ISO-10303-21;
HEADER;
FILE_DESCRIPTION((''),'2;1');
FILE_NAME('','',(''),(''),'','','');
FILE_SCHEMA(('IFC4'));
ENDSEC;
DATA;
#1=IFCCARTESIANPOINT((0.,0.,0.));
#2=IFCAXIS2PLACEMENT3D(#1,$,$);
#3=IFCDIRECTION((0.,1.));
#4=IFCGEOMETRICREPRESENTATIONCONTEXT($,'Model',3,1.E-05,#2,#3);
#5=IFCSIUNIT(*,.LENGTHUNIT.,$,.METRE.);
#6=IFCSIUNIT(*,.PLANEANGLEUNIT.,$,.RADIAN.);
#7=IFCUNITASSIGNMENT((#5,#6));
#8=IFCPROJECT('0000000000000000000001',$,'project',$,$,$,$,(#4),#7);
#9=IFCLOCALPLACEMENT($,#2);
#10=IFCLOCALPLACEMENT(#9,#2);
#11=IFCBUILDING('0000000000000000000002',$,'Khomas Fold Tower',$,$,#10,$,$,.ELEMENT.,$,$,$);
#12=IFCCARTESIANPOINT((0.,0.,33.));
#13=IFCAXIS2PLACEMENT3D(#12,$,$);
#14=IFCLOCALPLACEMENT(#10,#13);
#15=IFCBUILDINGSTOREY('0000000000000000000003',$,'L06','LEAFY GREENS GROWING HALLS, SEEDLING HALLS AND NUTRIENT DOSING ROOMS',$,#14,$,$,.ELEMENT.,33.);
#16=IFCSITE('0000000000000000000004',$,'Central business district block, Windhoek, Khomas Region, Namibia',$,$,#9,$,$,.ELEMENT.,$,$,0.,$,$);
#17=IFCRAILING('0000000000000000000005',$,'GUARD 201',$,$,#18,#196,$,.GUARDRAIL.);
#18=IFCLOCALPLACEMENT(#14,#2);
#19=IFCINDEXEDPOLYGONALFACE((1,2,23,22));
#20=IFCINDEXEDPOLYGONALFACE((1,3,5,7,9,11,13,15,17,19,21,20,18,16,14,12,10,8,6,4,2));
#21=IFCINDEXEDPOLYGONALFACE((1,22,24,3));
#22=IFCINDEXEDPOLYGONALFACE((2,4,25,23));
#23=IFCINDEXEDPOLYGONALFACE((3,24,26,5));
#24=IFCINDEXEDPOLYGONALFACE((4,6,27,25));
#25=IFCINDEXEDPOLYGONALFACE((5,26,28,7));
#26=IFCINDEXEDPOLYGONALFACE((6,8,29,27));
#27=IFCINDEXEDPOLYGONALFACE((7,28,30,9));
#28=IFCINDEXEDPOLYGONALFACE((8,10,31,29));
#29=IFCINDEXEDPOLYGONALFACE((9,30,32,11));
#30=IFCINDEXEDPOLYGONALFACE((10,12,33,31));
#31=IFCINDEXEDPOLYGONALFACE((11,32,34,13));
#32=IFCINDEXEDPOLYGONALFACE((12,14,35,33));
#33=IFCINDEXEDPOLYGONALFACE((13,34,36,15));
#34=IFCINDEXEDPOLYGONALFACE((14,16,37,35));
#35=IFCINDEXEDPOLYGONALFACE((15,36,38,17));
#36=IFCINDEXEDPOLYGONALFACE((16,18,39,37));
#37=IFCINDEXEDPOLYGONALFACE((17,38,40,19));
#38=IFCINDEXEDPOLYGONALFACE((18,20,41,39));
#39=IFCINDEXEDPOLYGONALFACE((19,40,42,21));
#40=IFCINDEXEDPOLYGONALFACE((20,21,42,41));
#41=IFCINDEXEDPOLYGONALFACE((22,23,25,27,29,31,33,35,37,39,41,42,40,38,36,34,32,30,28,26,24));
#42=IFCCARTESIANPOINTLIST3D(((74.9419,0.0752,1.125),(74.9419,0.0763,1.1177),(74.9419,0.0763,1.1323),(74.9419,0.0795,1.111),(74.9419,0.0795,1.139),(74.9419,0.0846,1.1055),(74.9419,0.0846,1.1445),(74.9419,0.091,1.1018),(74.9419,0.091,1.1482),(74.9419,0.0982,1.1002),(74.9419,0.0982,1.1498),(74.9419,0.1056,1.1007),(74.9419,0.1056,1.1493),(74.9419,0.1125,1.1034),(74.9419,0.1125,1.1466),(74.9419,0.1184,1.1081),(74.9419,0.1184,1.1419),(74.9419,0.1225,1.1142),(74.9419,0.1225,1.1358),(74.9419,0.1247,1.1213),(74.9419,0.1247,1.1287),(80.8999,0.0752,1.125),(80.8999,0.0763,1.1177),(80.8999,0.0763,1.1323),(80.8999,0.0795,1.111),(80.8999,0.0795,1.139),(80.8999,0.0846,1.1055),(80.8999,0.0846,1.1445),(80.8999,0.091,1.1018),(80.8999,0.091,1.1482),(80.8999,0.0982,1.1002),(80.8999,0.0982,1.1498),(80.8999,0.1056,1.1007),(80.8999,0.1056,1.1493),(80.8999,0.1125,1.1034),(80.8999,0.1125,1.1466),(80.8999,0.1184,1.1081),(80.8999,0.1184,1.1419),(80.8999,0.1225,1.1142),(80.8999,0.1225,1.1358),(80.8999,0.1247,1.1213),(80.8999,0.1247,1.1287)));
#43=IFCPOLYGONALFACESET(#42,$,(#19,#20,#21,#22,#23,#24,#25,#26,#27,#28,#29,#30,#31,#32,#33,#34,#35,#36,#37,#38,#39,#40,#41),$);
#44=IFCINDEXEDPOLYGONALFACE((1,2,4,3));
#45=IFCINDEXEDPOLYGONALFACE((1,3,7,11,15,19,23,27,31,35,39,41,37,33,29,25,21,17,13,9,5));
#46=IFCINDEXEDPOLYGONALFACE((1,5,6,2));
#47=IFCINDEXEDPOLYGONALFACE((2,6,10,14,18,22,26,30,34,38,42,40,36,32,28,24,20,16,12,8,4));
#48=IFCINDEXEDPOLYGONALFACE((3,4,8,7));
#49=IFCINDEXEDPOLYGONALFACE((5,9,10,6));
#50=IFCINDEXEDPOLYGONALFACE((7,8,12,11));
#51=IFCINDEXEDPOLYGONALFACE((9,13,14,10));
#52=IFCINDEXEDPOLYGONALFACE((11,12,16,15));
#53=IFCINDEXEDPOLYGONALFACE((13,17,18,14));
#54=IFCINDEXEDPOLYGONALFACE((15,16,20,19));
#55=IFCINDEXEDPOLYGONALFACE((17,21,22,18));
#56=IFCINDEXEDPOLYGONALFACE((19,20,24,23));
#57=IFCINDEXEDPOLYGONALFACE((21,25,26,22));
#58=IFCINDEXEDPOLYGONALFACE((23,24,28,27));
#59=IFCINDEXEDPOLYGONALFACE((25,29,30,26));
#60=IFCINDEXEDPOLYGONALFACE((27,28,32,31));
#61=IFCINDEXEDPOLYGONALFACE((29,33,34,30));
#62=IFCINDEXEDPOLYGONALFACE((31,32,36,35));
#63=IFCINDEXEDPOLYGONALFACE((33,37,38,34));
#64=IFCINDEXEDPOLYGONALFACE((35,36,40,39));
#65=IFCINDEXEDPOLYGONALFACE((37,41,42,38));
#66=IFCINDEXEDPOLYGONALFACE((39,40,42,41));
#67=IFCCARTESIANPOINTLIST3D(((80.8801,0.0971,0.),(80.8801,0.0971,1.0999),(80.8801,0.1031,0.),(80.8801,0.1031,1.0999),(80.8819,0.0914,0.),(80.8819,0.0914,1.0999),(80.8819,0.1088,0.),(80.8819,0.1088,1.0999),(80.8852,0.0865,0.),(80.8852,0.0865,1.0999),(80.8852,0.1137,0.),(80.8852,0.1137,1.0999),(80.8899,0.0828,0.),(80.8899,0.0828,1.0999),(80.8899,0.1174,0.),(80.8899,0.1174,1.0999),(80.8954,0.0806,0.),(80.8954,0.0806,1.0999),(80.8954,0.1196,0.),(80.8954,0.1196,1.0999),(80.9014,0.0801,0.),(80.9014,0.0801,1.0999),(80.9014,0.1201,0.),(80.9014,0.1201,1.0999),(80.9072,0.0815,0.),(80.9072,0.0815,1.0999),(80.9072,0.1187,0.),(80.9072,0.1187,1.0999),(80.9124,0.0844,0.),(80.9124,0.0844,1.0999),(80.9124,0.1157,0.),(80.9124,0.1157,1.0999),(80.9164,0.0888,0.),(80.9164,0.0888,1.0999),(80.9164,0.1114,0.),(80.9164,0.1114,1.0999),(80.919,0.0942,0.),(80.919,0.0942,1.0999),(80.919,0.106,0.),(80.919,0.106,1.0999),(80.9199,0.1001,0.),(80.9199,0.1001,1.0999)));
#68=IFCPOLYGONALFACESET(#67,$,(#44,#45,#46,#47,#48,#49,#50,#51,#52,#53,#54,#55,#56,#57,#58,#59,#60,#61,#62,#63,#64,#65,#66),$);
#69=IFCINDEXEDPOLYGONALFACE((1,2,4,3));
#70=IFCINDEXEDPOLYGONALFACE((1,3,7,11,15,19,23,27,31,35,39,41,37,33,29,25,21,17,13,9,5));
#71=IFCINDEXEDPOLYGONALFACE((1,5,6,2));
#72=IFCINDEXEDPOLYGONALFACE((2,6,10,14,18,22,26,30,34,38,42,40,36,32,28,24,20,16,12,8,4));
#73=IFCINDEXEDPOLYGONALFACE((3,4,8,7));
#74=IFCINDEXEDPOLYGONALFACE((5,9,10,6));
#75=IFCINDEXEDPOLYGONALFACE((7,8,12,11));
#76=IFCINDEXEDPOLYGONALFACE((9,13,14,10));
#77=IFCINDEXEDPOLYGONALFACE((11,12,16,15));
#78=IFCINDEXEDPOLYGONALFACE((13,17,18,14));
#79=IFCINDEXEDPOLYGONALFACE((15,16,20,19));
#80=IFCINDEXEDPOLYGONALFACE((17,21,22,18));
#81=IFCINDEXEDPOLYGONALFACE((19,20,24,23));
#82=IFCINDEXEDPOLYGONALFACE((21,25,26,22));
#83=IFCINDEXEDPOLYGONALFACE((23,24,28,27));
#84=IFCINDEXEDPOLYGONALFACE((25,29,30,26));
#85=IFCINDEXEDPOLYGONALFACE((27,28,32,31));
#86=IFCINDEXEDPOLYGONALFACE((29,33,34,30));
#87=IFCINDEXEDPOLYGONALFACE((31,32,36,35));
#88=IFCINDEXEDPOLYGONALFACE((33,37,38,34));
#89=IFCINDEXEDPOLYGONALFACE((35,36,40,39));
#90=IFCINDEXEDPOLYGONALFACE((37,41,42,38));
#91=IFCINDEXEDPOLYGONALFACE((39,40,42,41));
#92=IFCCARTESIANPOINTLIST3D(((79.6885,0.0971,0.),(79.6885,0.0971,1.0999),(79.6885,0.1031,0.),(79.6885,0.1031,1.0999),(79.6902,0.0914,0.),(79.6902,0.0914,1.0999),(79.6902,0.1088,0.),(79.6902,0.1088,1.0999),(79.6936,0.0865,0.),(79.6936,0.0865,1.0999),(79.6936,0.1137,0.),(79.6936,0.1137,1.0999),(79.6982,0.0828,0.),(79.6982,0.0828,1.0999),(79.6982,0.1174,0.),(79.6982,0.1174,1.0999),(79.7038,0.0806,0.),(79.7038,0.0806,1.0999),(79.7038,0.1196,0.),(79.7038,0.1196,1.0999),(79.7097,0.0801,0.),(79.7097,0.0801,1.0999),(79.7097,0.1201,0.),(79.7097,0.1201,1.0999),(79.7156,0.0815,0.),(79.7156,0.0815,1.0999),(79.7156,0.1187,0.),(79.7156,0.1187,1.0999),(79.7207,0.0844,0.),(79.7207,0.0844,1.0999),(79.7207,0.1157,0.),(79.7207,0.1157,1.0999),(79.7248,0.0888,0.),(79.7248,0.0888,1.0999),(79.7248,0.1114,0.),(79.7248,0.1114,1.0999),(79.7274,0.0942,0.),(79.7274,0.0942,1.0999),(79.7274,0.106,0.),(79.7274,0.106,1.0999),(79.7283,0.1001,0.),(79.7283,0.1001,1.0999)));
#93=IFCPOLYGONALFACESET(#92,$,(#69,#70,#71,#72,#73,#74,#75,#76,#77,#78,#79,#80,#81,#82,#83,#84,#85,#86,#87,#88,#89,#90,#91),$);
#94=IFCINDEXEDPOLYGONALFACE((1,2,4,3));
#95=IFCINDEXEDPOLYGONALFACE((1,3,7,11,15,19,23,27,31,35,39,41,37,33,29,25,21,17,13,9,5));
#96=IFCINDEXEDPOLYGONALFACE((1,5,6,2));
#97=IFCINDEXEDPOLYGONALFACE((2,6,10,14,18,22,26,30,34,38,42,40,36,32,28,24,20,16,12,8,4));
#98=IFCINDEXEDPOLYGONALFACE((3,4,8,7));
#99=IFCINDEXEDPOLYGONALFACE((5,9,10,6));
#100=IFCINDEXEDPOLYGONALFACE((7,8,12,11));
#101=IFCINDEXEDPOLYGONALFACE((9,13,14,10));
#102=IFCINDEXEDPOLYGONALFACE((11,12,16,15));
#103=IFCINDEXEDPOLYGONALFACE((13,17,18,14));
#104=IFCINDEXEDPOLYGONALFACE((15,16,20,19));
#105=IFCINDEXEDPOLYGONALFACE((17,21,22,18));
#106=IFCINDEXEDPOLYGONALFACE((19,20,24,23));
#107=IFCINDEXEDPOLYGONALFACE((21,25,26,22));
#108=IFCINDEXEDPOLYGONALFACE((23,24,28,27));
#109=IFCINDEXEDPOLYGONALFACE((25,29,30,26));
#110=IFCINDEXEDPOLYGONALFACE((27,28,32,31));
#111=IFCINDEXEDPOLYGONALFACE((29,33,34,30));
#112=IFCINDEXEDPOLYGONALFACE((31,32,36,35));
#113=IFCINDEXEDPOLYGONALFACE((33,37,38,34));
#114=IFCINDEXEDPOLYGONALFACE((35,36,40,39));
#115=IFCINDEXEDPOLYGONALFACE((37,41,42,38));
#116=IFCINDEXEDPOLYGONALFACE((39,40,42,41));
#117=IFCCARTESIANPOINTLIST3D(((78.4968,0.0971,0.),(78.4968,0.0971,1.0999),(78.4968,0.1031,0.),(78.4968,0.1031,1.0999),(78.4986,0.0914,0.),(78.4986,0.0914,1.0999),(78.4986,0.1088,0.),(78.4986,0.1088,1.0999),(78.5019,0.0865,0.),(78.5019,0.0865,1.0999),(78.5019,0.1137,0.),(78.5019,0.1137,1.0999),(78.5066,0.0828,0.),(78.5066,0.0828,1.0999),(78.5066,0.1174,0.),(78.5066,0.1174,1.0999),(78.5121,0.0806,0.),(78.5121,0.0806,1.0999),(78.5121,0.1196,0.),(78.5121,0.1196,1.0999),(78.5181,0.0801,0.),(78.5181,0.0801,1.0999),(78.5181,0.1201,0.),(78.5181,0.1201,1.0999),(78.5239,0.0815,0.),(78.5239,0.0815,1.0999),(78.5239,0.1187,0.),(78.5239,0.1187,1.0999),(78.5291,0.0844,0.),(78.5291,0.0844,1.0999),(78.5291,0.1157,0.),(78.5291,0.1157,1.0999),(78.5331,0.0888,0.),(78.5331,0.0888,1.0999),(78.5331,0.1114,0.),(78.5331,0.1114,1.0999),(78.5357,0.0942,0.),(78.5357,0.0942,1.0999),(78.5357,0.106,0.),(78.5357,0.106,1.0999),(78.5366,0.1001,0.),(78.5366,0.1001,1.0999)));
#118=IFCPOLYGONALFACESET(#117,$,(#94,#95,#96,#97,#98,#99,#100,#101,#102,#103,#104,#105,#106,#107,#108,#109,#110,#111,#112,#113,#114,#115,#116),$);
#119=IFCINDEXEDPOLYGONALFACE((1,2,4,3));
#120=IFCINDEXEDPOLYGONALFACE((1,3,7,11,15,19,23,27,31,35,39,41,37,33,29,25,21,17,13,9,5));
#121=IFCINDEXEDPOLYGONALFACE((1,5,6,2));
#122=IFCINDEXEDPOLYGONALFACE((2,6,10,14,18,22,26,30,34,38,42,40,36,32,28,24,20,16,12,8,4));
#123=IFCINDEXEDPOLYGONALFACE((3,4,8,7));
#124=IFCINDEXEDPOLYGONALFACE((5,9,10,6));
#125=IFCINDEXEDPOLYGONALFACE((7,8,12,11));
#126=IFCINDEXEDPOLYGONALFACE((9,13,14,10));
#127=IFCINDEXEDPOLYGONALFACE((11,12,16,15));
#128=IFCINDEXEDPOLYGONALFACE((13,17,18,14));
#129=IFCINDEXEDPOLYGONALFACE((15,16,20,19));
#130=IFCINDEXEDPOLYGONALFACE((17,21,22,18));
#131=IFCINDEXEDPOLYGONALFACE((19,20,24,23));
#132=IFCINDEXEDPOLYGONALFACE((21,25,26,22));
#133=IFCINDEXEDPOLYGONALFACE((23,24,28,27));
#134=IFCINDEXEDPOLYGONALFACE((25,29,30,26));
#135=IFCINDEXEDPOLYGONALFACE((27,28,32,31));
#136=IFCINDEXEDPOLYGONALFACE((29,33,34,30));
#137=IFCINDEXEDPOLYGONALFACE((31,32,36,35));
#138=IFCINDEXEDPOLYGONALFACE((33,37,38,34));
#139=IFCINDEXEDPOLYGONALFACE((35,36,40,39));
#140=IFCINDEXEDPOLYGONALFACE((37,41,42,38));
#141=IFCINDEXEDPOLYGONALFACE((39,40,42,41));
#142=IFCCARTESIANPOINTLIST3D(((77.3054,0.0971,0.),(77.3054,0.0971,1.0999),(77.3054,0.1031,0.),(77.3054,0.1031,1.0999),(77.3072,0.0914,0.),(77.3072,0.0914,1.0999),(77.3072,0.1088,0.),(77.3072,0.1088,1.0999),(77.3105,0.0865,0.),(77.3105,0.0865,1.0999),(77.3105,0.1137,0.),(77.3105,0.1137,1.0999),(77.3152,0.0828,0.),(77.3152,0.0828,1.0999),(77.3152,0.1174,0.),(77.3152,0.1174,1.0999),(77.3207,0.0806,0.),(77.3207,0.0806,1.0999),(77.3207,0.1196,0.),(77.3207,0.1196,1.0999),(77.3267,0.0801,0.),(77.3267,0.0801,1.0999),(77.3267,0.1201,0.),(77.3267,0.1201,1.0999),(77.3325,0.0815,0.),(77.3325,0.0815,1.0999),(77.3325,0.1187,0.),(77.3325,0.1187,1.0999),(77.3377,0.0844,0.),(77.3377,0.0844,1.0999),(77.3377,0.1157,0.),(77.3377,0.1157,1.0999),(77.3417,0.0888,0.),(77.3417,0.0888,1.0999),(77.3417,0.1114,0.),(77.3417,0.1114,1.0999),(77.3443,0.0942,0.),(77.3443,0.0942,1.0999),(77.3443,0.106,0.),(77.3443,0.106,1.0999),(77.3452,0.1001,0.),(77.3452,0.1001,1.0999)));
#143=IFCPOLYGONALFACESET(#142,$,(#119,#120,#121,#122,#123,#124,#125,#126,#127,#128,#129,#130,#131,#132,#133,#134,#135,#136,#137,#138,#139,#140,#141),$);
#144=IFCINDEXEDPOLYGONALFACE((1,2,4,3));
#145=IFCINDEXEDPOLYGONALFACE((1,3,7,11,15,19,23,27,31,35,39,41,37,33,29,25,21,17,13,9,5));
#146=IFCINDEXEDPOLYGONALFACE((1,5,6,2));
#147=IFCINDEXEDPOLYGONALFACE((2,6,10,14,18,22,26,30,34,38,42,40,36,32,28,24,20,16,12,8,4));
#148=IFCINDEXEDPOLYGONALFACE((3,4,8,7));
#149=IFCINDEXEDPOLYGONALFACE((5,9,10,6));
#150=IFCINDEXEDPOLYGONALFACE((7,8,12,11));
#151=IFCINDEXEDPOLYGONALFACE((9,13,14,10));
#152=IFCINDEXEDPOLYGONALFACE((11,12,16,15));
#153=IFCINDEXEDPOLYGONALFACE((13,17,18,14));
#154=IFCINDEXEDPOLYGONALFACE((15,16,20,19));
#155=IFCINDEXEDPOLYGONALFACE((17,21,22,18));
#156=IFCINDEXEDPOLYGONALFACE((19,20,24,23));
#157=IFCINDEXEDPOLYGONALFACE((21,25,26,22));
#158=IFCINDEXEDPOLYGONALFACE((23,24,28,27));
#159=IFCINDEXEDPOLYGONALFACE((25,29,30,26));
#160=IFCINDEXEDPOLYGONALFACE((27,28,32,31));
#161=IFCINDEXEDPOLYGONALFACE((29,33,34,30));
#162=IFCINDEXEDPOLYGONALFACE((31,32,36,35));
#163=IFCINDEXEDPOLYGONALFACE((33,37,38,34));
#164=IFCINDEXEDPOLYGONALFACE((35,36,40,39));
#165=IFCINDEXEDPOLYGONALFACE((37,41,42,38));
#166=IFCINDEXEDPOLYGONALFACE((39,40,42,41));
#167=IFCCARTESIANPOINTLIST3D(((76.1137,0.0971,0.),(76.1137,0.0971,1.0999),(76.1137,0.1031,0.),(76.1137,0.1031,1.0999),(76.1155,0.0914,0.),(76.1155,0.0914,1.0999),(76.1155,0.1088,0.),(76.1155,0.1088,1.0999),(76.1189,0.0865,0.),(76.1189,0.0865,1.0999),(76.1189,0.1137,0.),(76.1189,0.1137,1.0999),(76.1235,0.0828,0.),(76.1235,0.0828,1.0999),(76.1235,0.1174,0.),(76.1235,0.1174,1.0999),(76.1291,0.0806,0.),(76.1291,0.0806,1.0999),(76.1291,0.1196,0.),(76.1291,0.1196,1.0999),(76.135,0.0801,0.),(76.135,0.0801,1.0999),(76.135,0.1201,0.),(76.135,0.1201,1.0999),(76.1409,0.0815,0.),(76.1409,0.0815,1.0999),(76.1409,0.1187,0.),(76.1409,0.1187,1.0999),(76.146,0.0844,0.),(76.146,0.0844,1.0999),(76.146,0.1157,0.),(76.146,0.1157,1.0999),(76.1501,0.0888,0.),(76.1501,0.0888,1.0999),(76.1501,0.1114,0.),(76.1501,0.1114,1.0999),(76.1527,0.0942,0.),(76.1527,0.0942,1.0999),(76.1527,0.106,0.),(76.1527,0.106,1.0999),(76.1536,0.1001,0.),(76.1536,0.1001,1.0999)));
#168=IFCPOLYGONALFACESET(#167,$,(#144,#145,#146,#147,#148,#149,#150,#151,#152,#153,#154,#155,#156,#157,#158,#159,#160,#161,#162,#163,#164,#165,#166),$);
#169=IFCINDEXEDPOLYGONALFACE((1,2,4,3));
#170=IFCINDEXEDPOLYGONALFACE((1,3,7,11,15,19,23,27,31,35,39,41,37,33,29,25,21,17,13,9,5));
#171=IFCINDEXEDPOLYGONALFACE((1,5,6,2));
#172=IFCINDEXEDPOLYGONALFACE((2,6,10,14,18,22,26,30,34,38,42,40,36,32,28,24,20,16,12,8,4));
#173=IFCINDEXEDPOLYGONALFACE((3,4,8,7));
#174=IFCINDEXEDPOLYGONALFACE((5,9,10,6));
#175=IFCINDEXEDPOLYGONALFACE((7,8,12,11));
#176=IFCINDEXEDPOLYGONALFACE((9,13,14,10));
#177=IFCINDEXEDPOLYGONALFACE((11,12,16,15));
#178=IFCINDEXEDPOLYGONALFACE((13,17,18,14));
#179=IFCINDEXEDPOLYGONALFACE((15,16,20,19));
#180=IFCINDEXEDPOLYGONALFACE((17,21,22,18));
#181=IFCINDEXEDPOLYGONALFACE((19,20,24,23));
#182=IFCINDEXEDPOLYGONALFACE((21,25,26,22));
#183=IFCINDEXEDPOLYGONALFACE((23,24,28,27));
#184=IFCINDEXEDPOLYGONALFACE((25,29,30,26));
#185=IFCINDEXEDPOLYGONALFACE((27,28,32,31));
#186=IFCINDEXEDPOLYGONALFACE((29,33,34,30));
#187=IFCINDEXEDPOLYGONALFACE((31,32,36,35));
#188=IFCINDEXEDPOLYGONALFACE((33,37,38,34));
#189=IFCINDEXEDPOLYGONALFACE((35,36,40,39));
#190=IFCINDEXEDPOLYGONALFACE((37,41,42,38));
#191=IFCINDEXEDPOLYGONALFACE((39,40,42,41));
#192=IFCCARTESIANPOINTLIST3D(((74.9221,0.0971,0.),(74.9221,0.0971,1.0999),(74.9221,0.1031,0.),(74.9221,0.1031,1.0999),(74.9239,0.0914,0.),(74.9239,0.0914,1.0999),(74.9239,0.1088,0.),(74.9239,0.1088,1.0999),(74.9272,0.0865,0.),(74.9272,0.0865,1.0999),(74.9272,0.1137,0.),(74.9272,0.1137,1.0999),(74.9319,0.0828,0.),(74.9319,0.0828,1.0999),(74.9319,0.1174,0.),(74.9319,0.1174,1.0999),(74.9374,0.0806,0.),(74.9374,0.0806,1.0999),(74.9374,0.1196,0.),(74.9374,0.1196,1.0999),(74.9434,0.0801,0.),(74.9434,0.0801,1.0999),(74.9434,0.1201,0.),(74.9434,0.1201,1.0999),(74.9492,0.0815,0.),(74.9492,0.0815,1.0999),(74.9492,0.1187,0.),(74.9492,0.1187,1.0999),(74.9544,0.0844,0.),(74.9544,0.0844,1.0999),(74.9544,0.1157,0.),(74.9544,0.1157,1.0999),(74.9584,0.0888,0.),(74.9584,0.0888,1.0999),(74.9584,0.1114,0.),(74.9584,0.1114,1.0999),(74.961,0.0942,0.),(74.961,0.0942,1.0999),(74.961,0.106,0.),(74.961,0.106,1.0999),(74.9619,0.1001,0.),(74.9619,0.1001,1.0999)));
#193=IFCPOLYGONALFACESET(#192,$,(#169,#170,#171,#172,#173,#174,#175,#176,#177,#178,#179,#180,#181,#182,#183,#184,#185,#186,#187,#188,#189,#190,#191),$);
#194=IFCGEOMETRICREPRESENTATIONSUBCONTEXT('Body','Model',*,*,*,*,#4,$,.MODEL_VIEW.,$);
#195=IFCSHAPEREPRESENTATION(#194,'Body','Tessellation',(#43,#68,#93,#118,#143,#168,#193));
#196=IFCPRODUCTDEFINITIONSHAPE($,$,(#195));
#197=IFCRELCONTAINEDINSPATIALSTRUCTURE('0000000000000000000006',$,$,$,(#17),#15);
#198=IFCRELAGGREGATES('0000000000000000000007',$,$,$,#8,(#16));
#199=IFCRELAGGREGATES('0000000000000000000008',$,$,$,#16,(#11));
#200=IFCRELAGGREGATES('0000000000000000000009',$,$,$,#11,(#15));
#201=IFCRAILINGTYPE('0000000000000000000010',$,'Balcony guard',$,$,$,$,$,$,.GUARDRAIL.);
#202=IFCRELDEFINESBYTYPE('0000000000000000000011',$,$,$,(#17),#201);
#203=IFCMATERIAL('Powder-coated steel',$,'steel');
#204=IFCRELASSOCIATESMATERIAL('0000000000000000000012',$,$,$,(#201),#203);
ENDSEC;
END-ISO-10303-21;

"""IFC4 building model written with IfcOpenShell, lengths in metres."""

from ifc_helpers import new_model, si_unit, direction, frame, origin, origin_2d, place, context, subcontext, project, spatial, circle, extrude, source, transform, mapped, material, type_object, element, save


model = new_model("IFC4")

# Units and contexts
model_context = context("Model", 3, precision=1e-05, world=origin(), true_north=direction((0.0, 1.0)))
body_context = subcontext(model_context, "Body", "Model", "MODEL_VIEW")
ifc_project = project(units=[si_unit("LENGTHUNIT", "METRE"), si_unit("PLANEANGLEUNIT", "RADIAN")], contexts=[model_context])

# Site, building, storey
site_placement = place(None, origin())
site = spatial("IfcSite", under=ifc_project, at=site_placement, Name="Central business district block, Windhoek, Khomas Region, Namibia", CompositionType="ELEMENT", RefElevation=0.0)
building_placement = place(site_placement, origin())
building = spatial("IfcBuilding", under=site, at=building_placement, Name="Khomas Fold Tower", CompositionType="ELEMENT")
storey_placement = place(building_placement, frame((0.0, 0.0, 33.0)))
storey = spatial("IfcBuildingStorey", under=building, at=storey_placement, Name="L06", Description="LEAFY GREENS GROWING HALLS, SEEDLING HALLS AND NUTRIENT DOSING ROOMS", CompositionType="ELEMENT", Elevation=33.0)

# Railing
ifc_material_1 = material(Name="Powder-coated steel", Category="steel")
railing_type_1 = type_object("IfcRailingType", Name="Balcony guard", PredefinedType="GUARDRAIL", material=ifc_material_1)
shared_shape_1 = source(origin(), body_context, "Body", "SweptSolid", [
    extrude(circle(Radius=0.0249, at=origin_2d()), frame((0.0, 0.0, 1.125), z_axis=(-1.0, 0.0, 0.0), x_axis=(0.0, -1.0, 0.0)), (0.0, 0.0, 1.0), 5.958),
    extrude(circle(Radius=0.02, at=origin_2d()), origin(), (0.0, 0.0, 1.0), 1.0999),
    extrude(circle(Radius=0.02, at=origin_2d()), frame((-1.1917, 0.0, 0.0)), (0.0, 0.0, 1.0), 1.0999),
    extrude(circle(Radius=0.02, at=origin_2d()), frame((-2.3833, 0.0, 0.0)), (0.0, 0.0, 1.0), 1.0999),
    extrude(circle(Radius=0.02, at=origin_2d()), frame((-3.5747, 0.0, 0.0)), (0.0, 0.0, 1.0), 1.0999),
    extrude(circle(Radius=0.02, at=origin_2d()), frame((-4.7664, 0.0, 0.0)), (0.0, 0.0, 1.0), 1.0999),
    extrude(circle(Radius=0.02, at=origin_2d()), frame((-5.958, 0.0, 0.0)), (0.0, 0.0, 1.0), 1.0999),
])
for number, where, name in (
    (1, (80.8999, 0.1001, 0.0), "GUARD 201"),
):
    element("IfcRailing", number, at=place(storey_placement, frame(where)), inside=storey, type_object=railing_type_1, Name=name, PredefinedType="GUARDRAIL", context=body_context, shape_type="MappedRepresentation", body=[
        mapped(shared_shape_1, transform((0.0, 0.0, 0.0))),
    ])

save(model, "model.ifc")
